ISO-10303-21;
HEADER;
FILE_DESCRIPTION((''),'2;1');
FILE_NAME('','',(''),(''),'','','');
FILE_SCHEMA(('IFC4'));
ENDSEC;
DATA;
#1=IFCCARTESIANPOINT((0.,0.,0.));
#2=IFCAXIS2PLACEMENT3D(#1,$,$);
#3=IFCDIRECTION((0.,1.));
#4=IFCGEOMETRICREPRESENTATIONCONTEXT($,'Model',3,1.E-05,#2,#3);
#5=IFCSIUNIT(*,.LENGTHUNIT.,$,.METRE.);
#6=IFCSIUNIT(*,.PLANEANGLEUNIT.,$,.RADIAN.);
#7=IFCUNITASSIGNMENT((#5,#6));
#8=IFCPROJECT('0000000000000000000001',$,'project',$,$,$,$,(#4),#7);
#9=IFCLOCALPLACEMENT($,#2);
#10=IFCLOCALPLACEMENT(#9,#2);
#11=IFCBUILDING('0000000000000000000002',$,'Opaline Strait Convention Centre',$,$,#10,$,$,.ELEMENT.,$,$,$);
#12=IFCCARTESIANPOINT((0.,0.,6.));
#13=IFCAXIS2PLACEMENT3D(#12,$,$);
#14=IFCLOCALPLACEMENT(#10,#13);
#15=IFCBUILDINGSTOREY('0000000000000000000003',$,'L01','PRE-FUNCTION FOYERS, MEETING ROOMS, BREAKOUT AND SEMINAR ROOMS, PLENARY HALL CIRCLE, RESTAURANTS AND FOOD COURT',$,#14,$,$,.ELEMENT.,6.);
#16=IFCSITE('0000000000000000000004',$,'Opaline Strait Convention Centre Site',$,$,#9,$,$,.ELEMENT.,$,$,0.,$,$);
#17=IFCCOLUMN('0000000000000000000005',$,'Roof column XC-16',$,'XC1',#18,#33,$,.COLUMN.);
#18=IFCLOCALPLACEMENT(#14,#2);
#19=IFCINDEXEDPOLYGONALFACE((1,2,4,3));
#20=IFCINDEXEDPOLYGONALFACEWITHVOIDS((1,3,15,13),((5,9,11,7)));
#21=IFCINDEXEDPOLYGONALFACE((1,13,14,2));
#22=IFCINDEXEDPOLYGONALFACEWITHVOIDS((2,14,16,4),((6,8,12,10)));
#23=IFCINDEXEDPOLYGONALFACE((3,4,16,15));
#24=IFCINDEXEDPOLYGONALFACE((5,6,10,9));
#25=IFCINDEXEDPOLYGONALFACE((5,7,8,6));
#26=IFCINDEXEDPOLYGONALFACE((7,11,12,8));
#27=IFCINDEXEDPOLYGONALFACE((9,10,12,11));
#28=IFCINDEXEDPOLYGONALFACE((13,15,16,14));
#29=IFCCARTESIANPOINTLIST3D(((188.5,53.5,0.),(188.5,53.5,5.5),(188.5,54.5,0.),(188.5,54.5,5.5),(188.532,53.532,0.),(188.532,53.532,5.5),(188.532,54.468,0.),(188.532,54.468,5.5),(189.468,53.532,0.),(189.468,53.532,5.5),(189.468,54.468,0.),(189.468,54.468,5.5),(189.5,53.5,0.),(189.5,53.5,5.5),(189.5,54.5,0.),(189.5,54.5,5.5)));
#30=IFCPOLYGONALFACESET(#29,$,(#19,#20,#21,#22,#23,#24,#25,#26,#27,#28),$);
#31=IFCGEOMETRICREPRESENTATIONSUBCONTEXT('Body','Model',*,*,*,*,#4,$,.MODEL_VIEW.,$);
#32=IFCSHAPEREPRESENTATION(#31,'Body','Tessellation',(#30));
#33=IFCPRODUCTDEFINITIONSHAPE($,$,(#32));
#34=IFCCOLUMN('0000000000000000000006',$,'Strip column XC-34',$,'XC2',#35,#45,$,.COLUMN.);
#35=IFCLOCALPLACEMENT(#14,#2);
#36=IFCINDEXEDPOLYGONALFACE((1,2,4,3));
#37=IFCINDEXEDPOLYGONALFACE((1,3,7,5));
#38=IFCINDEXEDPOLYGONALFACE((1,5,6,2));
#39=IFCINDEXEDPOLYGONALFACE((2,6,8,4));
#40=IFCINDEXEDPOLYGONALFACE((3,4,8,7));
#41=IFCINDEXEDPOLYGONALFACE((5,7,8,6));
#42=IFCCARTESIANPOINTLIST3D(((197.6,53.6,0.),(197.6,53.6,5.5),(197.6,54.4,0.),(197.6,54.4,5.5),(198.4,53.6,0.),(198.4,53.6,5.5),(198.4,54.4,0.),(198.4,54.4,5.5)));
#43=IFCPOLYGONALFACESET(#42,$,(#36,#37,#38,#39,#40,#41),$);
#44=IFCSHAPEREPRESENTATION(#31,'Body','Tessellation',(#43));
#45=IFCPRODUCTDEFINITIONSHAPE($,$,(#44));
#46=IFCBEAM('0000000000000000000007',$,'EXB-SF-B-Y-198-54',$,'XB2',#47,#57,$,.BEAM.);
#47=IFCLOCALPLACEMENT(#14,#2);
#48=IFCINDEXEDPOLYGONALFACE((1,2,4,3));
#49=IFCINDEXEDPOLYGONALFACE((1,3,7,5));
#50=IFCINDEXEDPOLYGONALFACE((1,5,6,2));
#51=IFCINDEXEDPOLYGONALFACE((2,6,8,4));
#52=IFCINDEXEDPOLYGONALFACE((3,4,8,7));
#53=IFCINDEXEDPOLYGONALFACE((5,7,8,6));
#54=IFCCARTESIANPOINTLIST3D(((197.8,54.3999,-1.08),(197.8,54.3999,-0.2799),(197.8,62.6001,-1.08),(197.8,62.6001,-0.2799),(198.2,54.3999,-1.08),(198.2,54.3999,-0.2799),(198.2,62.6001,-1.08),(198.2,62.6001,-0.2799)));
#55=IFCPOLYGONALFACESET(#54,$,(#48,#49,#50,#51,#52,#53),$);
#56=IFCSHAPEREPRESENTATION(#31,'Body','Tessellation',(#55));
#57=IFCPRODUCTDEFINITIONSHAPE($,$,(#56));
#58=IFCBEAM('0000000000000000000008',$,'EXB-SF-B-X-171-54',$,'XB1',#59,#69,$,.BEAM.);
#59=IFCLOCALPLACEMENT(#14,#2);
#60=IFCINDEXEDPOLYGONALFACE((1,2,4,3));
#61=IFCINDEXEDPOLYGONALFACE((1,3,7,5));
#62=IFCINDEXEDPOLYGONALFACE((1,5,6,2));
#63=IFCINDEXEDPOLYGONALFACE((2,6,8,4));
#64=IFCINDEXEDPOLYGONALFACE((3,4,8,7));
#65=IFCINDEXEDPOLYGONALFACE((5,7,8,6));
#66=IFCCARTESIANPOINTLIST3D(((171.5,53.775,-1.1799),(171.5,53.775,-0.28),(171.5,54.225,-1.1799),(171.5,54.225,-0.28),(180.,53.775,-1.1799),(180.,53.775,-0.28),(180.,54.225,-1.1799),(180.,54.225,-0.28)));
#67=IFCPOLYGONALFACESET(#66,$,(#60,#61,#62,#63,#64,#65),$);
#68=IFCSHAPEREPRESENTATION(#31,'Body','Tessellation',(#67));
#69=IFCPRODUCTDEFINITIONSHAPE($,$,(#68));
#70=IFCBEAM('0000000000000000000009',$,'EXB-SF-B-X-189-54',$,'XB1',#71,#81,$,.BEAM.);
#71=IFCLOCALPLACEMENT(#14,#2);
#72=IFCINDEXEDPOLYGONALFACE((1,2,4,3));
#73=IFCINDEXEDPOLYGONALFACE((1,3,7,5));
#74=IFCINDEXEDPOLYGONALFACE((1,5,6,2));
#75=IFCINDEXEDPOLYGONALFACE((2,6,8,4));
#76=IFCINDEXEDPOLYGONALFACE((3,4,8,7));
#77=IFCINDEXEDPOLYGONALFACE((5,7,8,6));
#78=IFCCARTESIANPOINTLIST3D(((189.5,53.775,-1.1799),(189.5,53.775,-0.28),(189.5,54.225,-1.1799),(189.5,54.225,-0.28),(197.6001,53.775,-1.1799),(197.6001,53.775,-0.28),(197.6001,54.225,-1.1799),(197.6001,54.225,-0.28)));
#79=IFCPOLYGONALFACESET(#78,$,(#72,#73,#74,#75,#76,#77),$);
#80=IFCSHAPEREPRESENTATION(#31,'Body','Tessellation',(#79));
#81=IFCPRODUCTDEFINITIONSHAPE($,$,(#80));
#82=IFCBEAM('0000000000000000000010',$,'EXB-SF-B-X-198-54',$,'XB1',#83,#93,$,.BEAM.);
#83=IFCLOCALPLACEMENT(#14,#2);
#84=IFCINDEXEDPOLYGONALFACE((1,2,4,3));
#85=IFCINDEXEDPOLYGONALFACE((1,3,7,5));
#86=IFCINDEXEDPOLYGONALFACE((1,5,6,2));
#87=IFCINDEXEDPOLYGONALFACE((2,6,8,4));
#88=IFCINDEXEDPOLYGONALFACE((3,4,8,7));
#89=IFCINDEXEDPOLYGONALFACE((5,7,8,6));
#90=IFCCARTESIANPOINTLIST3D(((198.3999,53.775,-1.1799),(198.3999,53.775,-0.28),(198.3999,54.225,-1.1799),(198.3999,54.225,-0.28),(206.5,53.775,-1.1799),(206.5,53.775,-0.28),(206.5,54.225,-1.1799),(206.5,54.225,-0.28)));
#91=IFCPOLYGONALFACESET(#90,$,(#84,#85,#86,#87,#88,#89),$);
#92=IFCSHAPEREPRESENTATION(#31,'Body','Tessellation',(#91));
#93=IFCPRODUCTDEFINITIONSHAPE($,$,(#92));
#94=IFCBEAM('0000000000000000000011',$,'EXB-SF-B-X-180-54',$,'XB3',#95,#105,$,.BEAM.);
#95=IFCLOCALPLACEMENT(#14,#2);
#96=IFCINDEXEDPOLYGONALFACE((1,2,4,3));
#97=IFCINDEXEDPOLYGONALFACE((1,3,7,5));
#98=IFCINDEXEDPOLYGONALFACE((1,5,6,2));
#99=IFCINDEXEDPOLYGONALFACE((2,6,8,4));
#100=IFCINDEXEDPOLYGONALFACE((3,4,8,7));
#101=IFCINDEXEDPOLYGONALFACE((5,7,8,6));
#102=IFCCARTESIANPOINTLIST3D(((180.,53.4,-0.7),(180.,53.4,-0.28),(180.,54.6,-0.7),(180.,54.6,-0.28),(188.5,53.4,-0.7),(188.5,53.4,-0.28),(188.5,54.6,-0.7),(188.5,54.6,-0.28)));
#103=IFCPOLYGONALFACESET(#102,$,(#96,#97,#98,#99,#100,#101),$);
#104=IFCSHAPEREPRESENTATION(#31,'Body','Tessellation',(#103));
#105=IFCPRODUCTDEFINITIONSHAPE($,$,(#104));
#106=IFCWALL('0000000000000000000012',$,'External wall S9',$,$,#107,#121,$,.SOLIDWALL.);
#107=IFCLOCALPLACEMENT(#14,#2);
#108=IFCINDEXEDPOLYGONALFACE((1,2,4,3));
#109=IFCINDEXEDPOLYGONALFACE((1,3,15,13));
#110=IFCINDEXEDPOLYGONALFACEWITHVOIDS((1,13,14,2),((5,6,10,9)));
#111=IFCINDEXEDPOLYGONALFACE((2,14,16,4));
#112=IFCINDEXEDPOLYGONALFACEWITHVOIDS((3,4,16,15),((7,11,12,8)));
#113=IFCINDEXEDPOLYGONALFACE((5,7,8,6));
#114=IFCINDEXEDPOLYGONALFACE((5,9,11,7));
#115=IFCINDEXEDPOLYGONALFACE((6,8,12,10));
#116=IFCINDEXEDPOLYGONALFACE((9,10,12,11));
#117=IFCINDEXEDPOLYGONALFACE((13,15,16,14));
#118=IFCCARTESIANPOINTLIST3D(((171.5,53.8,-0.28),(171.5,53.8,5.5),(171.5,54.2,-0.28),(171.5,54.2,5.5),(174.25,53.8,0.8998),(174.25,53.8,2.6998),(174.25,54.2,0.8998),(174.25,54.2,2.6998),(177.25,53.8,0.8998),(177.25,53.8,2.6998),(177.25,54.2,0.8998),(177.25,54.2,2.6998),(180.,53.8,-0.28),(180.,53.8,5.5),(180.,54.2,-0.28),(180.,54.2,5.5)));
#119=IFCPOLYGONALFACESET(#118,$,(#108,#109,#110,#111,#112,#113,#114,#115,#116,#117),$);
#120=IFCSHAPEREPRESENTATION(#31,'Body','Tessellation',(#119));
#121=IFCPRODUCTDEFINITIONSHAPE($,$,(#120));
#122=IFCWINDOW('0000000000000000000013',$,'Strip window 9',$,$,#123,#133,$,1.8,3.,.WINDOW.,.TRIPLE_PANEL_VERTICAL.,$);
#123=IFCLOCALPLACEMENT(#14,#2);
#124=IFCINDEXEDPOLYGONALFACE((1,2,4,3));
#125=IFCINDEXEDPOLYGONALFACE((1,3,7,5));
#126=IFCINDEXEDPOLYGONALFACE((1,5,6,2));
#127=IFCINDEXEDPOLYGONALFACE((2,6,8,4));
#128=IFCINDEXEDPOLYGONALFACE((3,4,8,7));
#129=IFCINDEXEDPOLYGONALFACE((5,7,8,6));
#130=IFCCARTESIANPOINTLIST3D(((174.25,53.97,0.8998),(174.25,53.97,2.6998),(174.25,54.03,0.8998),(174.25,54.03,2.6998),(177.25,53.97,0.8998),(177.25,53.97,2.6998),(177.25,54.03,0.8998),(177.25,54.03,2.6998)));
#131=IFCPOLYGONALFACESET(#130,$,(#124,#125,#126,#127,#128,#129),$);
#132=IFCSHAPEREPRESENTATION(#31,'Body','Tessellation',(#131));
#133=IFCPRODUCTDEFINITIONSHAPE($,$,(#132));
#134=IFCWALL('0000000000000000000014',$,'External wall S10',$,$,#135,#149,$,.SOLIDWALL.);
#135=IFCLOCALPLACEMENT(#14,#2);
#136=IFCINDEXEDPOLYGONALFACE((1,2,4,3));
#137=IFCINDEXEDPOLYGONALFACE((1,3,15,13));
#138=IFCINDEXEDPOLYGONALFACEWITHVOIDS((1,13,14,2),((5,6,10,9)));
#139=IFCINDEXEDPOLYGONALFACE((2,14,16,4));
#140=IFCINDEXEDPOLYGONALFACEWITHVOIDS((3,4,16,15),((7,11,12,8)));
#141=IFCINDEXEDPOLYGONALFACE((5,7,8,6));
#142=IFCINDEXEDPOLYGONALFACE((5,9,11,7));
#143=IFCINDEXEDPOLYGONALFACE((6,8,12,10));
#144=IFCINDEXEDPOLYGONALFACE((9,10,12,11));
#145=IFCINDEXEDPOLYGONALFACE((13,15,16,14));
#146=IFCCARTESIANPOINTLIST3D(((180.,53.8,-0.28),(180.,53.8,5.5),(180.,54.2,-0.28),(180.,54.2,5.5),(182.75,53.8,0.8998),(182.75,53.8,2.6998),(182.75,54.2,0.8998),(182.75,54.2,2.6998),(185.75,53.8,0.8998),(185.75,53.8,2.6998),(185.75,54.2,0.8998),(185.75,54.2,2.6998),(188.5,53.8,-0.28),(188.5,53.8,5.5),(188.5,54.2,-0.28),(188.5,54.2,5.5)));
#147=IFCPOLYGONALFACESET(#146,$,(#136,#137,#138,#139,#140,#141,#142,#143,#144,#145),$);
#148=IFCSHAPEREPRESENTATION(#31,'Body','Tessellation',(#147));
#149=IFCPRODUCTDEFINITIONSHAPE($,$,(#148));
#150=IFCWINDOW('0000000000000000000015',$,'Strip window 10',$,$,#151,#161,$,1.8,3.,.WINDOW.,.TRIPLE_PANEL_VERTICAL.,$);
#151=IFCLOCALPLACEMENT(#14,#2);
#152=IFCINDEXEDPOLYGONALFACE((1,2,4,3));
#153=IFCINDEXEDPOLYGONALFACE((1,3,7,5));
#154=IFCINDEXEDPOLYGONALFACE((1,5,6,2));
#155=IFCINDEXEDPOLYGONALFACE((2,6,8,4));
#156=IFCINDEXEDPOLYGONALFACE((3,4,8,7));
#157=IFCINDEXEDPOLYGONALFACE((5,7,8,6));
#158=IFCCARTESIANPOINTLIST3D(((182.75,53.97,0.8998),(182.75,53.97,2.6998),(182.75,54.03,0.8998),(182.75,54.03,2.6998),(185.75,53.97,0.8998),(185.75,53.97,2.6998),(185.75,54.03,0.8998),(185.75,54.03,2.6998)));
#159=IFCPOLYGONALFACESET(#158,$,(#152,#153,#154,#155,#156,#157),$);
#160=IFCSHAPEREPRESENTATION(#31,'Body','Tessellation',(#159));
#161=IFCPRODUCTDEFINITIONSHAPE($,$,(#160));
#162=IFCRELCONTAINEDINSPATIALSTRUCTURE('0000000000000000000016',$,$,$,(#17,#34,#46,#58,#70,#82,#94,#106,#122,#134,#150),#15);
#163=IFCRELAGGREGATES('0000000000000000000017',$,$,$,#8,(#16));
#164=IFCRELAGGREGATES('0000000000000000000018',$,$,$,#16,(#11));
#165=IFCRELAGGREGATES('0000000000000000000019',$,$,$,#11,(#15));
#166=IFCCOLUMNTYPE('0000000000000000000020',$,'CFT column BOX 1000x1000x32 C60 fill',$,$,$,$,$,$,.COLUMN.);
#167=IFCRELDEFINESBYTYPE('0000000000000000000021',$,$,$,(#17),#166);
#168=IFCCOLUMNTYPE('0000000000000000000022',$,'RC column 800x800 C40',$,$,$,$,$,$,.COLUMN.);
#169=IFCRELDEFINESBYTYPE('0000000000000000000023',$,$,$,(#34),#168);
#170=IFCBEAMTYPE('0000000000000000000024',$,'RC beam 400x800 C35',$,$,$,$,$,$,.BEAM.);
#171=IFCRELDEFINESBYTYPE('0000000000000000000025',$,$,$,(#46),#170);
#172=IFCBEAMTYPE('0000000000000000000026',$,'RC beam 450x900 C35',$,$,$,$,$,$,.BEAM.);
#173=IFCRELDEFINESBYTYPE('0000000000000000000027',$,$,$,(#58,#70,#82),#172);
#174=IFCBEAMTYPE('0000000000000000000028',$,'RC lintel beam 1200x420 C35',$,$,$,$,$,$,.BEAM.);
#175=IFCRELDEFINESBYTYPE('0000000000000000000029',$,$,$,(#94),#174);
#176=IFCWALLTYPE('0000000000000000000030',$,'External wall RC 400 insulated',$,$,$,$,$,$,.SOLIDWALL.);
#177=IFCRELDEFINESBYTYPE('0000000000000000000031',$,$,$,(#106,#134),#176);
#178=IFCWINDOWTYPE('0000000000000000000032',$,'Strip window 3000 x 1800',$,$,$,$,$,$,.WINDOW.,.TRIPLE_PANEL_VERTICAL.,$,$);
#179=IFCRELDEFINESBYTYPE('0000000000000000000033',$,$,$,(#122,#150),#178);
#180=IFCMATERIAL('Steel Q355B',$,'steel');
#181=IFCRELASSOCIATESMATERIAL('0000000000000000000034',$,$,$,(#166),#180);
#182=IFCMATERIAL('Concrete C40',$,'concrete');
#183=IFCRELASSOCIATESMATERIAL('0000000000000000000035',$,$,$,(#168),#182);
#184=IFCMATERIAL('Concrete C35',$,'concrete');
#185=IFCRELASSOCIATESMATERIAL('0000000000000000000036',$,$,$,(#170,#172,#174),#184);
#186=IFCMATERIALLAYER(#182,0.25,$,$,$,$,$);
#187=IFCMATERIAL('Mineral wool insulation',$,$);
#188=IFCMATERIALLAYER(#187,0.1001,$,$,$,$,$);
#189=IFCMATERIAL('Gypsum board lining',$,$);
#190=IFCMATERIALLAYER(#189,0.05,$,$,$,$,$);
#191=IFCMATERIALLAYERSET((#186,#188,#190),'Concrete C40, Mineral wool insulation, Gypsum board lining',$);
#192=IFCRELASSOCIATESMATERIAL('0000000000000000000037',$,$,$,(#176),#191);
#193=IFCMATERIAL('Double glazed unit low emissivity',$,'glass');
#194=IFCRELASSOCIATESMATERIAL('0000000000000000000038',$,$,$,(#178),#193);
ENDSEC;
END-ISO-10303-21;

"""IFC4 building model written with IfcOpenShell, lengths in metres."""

from ifc_helpers import new_model, si_unit, direction, frame, frame_2d, origin, origin_2d, place, context, subcontext, project, spatial, rectangle, hollow_rectangle, extrude, material, layer, layer_set, material_profile, profile_set, type_object, element, fill, save


model = new_model("IFC4")

# Units and contexts
model_context = context("Model", 3, precision=1e-05, world=origin(), true_north=direction((0.0, 1.0)))
body_context = subcontext(model_context, "Body", "Model", "MODEL_VIEW")
ifc_project = project(units=[si_unit("LENGTHUNIT", "METRE"), si_unit("PLANEANGLEUNIT", "RADIAN")], contexts=[model_context])

# Site, building, storey
site_placement = place(None, origin())
site = spatial("IfcSite", under=ifc_project, at=site_placement, Name="Opaline Strait Convention Centre Site", CompositionType="ELEMENT", RefElevation=0.0)
building_placement = place(site_placement, origin())
building = spatial("IfcBuilding", under=site, at=building_placement, Name="Opaline Strait Convention Centre", CompositionType="ELEMENT")
storey_placement = place(building_placement, frame((0.0, 0.0, 6.0)))
storey = spatial("IfcBuildingStorey", under=building, at=storey_placement, Name="L01", Description="PRE-FUNCTION FOYERS, MEETING ROOMS, BREAKOUT AND SEMINAR ROOMS, PLENARY HALL CIRCLE, RESTAURANTS AND FOOD COURT", CompositionType="ELEMENT", Elevation=6.0)

# Columns
ifc_material_1 = material(Name="Steel Q355B", Category="steel")
ifc_material_profile_1 = material_profile(ifc_material_1, hollow_rectangle(XDim=1.0, YDim=1.0, WallThickness=0.032, at=origin_2d()), Name="BOX 1000x1000x32")
ifc_profile_set_1 = profile_set([ifc_material_profile_1], Name="Steel Q355B")
column_type_1 = type_object("IfcColumnType", Name="CFT column BOX 1000x1000x32 C60 fill", PredefinedType="COLUMN", material=ifc_profile_set_1)
column_1_placement = place(storey_placement, frame((189.0, 54.0, 0.0), z_axis=(0.0, 0.0, 1.0), x_axis=(1.0, 0.0, 0.0)))
element("IfcColumn", 1, at=column_1_placement, inside=storey, type_object=column_type_1, Name="Roof column XC-16", ObjectType="XC1", PredefinedType="COLUMN", context=body_context, shape_type="SweptSolid", body=[
    extrude(hollow_rectangle(XDim=1.0, YDim=1.0, WallThickness=0.032, at=origin_2d()), origin(), (0.0, 0.0, 1.0), 5.5),
])
ifc_material_2 = material(Name="Concrete C40", Category="concrete")
ifc_material_profile_2 = material_profile(ifc_material_2, rectangle(XDim=0.8, YDim=0.8, at=origin_2d()), Name="RC 800x800")
ifc_profile_set_2 = profile_set([ifc_material_profile_2], Name="Concrete C40")
column_type_2 = type_object("IfcColumnType", Name="RC column 800x800 C40", PredefinedType="COLUMN", material=ifc_profile_set_2)
column_2_placement = place(storey_placement, frame((198.0, 54.0, 0.0), z_axis=(0.0, 0.0, 1.0), x_axis=(1.0, 0.0, 0.0)))
element("IfcColumn", 2, at=column_2_placement, inside=storey, type_object=column_type_2, Name="Strip column XC-34", ObjectType="XC2", PredefinedType="COLUMN", context=body_context, shape_type="SweptSolid", body=[
    extrude(rectangle(XDim=0.8, YDim=0.8, at=origin_2d()), origin(), (0.0, 0.0, 1.0), 5.5),
])

# Beams
ifc_material_3 = material(Name="Concrete C35", Category="concrete")
ifc_material_profile_3 = material_profile(ifc_material_3, rectangle(XDim=0.3999, YDim=0.8, at=origin_2d()), Name="RC 400x800")
ifc_profile_set_3 = profile_set([ifc_material_profile_3], Name="Concrete C35")
beam_type_1 = type_object("IfcBeamType", Name="RC beam 400x800 C35", PredefinedType="BEAM", material=ifc_profile_set_3)
beam_1_placement = place(storey_placement, frame((198.0, 54.3999, -0.6799), z_axis=(0.0, 1.0, 0.0), x_axis=(-1.0, 0.0, 0.0)))
element("IfcBeam", 3, at=beam_1_placement, inside=storey, type_object=beam_type_1, Name="EXB-SF-B-Y-198-54", ObjectType="XB2", PredefinedType="BEAM", context=body_context, shape_type="SweptSolid", body=[
    extrude(rectangle(XDim=0.3999, YDim=0.8, at=origin_2d()), origin(), (0.0, 0.0, 1.0), 8.2002),
])
ifc_material_profile_4 = material_profile(ifc_material_3, rectangle(XDim=0.45, YDim=0.8999, at=origin_2d()), Name="RC 450x900")
ifc_profile_set_4 = profile_set([ifc_material_profile_4], Name="Concrete C35")
beam_type_2 = type_object("IfcBeamType", Name="RC beam 450x900 C35", PredefinedType="BEAM", material=ifc_profile_set_4)
beam_2_placement = place(storey_placement, frame((171.5, 54.0, -0.73), z_axis=(1.0, 0.0, 0.0), x_axis=(0.0, 1.0, 0.0)))
element("IfcBeam", 4, at=beam_2_placement, inside=storey, type_object=beam_type_2, Name="EXB-SF-B-X-171-54", ObjectType="XB1", PredefinedType="BEAM", context=body_context, shape_type="SweptSolid", body=[
    extrude(rectangle(XDim=0.45, YDim=0.8999, at=origin_2d()), origin(), (0.0, 0.0, 1.0), 8.5),
])
for number, where, z_axis, x_axis, name in (
    (5, (189.5, 54.0, -0.73), (1.0, 0.0, 0.0), (0.0, 1.0, 0.0), "EXB-SF-B-X-189-54"),
    (6, (198.3999, 54.0, -0.73), (1.0, 0.0, 0.0), (0.0, 1.0, 0.0), "EXB-SF-B-X-198-54"),
):
    element("IfcBeam", number, at=place(storey_placement, frame(where, z_axis=z_axis, x_axis=x_axis)), inside=storey, type_object=beam_type_2, Name=name, ObjectType="XB1", PredefinedType="BEAM", context=body_context, shape_type="SweptSolid", body=[
        extrude(rectangle(XDim=0.45, YDim=0.8999, at=origin_2d()), origin(), (0.0, 0.0, 1.0), 8.1001),
    ])
ifc_material_profile_5 = material_profile(ifc_material_3, rectangle(XDim=1.2, YDim=0.4199, at=origin_2d()), Name="RC 1200x420")
ifc_profile_set_5 = profile_set([ifc_material_profile_5], Name="Concrete C35")
beam_type_3 = type_object("IfcBeamType", Name="RC lintel beam 1200x420 C35", PredefinedType="BEAM", material=ifc_profile_set_5)
beam_3_placement = place(storey_placement, frame((180.0, 54.0, -0.49), z_axis=(1.0, 0.0, 0.0), x_axis=(0.0, 1.0, 0.0)))
element("IfcBeam", 7, at=beam_3_placement, inside=storey, type_object=beam_type_3, Name="EXB-SF-B-X-180-54", ObjectType="XB3", PredefinedType="BEAM", context=body_context, shape_type="SweptSolid", body=[
    extrude(rectangle(XDim=1.2, YDim=0.4199, at=origin_2d()), origin(), (0.0, 0.0, 1.0), 8.5),
])

# Walls, openings, windows
ifc_layer_1 = layer(ifc_material_2, 0.25)
ifc_material_4 = material(Name="Mineral wool insulation")
ifc_layer_2 = layer(ifc_material_4, 0.1001)
ifc_material_5 = material(Name="Gypsum board lining")
ifc_layer_3 = layer(ifc_material_5, 0.05)
ifc_layer_set_1 = layer_set([ifc_layer_1, ifc_layer_2, ifc_layer_3], Name="Concrete C40, Mineral wool insulation, Gypsum board lining")
wall_type_1 = type_object("IfcWallType", Name="External wall RC 400 insulated", PredefinedType="SOLIDWALL", material=ifc_layer_set_1)
wall_1_placement = place(storey_placement, frame((171.5, 54.0, -0.28), z_axis=(0.0, 0.0, 1.0), x_axis=(1.0, 0.0, 0.0)))
wall_1 = element("IfcWall", 8, at=wall_1_placement, inside=storey, type_object=wall_type_1, Name="External wall S9", PredefinedType="SOLIDWALL", context=body_context, shape_type="SweptSolid", body=[
    extrude(rectangle(XDim=8.5, YDim=0.3999, at=frame_2d((4.25, 0.0))), origin(), (0.0, 0.0, 1.0), 5.78),
])
opening_1_placement = place(wall_1_placement, frame((2.75, 0.0, 1.1799)))
opening_1 = element("IfcOpeningElement", 9, at=opening_1_placement, cuts=wall_1, PredefinedType="OPENING", context=body_context, shape_type="SweptSolid", body=[
    extrude(rectangle(XDim=3.0, YDim=1.8, at=frame_2d((1.5, 0.8999))), frame((0.0, 0.21, 0.0), z_axis=(0.0, -1.0, 0.0), x_axis=(1.0, 0.0, 0.0)), (0.0, 0.0, 1.0), 0.4199),
])
ifc_material_6 = material(Name="Double glazed unit low emissivity", Category="glass")
window_type = type_object("IfcWindowType", Name="Strip window 3000 x 1800", PartitioningType="TRIPLE_PANEL_VERTICAL", PredefinedType="WINDOW", material=ifc_material_6)
window_1_placement = place(opening_1_placement, origin())
window_1 = element("IfcWindow", 10, at=window_1_placement, inside=storey, type_object=window_type, Name="Strip window 9", OverallHeight=1.8, OverallWidth=3.0, PartitioningType="TRIPLE_PANEL_VERTICAL", PredefinedType="WINDOW", context=body_context, shape_type="SweptSolid", body=[
    extrude(rectangle(XDim=3.0, YDim=1.8, at=frame_2d((1.5, 0.8999))), frame((0.0, 0.03, 0.0), z_axis=(0.0, -1.0, 0.0), x_axis=(1.0, 0.0, 0.0)), (0.0, 0.0, 1.0), 0.0601),
])
fill(opening_1, window_1)
wall_2_placement = place(storey_placement, frame((180.0, 54.0, -0.28), z_axis=(0.0, 0.0, 1.0), x_axis=(1.0, 0.0, 0.0)))
wall_2 = element("IfcWall", 11, at=wall_2_placement, inside=storey, type_object=wall_type_1, Name="External wall S10", PredefinedType="SOLIDWALL", context=body_context, shape_type="SweptSolid", body=[
    extrude(rectangle(XDim=8.5, YDim=0.3999, at=frame_2d((4.25, 0.0))), origin(), (0.0, 0.0, 1.0), 5.78),
])
opening_2_placement = place(wall_2_placement, frame((2.75, 0.0, 1.1799)))
opening_2 = element("IfcOpeningElement", 12, at=opening_2_placement, cuts=wall_2, PredefinedType="OPENING", context=body_context, shape_type="SweptSolid", body=[
    extrude(rectangle(XDim=3.0, YDim=1.8, at=frame_2d((1.5, 0.8999))), frame((0.0, 0.21, 0.0), z_axis=(0.0, -1.0, 0.0), x_axis=(1.0, 0.0, 0.0)), (0.0, 0.0, 1.0), 0.4199),
])
window_2_placement = place(opening_2_placement, origin())
window_2 = element("IfcWindow", 13, at=window_2_placement, inside=storey, type_object=window_type, Name="Strip window 10", OverallHeight=1.8, OverallWidth=3.0, PartitioningType="TRIPLE_PANEL_VERTICAL", PredefinedType="WINDOW", context=body_context, shape_type="SweptSolid", body=[
    extrude(rectangle(XDim=3.0, YDim=1.8, at=frame_2d((1.5, 0.8999))), frame((0.0, 0.03, 0.0), z_axis=(0.0, -1.0, 0.0), x_axis=(1.0, 0.0, 0.0)), (0.0, 0.0, 1.0), 0.0601),
])
fill(opening_2, window_2)

save(model, "model.ifc")
